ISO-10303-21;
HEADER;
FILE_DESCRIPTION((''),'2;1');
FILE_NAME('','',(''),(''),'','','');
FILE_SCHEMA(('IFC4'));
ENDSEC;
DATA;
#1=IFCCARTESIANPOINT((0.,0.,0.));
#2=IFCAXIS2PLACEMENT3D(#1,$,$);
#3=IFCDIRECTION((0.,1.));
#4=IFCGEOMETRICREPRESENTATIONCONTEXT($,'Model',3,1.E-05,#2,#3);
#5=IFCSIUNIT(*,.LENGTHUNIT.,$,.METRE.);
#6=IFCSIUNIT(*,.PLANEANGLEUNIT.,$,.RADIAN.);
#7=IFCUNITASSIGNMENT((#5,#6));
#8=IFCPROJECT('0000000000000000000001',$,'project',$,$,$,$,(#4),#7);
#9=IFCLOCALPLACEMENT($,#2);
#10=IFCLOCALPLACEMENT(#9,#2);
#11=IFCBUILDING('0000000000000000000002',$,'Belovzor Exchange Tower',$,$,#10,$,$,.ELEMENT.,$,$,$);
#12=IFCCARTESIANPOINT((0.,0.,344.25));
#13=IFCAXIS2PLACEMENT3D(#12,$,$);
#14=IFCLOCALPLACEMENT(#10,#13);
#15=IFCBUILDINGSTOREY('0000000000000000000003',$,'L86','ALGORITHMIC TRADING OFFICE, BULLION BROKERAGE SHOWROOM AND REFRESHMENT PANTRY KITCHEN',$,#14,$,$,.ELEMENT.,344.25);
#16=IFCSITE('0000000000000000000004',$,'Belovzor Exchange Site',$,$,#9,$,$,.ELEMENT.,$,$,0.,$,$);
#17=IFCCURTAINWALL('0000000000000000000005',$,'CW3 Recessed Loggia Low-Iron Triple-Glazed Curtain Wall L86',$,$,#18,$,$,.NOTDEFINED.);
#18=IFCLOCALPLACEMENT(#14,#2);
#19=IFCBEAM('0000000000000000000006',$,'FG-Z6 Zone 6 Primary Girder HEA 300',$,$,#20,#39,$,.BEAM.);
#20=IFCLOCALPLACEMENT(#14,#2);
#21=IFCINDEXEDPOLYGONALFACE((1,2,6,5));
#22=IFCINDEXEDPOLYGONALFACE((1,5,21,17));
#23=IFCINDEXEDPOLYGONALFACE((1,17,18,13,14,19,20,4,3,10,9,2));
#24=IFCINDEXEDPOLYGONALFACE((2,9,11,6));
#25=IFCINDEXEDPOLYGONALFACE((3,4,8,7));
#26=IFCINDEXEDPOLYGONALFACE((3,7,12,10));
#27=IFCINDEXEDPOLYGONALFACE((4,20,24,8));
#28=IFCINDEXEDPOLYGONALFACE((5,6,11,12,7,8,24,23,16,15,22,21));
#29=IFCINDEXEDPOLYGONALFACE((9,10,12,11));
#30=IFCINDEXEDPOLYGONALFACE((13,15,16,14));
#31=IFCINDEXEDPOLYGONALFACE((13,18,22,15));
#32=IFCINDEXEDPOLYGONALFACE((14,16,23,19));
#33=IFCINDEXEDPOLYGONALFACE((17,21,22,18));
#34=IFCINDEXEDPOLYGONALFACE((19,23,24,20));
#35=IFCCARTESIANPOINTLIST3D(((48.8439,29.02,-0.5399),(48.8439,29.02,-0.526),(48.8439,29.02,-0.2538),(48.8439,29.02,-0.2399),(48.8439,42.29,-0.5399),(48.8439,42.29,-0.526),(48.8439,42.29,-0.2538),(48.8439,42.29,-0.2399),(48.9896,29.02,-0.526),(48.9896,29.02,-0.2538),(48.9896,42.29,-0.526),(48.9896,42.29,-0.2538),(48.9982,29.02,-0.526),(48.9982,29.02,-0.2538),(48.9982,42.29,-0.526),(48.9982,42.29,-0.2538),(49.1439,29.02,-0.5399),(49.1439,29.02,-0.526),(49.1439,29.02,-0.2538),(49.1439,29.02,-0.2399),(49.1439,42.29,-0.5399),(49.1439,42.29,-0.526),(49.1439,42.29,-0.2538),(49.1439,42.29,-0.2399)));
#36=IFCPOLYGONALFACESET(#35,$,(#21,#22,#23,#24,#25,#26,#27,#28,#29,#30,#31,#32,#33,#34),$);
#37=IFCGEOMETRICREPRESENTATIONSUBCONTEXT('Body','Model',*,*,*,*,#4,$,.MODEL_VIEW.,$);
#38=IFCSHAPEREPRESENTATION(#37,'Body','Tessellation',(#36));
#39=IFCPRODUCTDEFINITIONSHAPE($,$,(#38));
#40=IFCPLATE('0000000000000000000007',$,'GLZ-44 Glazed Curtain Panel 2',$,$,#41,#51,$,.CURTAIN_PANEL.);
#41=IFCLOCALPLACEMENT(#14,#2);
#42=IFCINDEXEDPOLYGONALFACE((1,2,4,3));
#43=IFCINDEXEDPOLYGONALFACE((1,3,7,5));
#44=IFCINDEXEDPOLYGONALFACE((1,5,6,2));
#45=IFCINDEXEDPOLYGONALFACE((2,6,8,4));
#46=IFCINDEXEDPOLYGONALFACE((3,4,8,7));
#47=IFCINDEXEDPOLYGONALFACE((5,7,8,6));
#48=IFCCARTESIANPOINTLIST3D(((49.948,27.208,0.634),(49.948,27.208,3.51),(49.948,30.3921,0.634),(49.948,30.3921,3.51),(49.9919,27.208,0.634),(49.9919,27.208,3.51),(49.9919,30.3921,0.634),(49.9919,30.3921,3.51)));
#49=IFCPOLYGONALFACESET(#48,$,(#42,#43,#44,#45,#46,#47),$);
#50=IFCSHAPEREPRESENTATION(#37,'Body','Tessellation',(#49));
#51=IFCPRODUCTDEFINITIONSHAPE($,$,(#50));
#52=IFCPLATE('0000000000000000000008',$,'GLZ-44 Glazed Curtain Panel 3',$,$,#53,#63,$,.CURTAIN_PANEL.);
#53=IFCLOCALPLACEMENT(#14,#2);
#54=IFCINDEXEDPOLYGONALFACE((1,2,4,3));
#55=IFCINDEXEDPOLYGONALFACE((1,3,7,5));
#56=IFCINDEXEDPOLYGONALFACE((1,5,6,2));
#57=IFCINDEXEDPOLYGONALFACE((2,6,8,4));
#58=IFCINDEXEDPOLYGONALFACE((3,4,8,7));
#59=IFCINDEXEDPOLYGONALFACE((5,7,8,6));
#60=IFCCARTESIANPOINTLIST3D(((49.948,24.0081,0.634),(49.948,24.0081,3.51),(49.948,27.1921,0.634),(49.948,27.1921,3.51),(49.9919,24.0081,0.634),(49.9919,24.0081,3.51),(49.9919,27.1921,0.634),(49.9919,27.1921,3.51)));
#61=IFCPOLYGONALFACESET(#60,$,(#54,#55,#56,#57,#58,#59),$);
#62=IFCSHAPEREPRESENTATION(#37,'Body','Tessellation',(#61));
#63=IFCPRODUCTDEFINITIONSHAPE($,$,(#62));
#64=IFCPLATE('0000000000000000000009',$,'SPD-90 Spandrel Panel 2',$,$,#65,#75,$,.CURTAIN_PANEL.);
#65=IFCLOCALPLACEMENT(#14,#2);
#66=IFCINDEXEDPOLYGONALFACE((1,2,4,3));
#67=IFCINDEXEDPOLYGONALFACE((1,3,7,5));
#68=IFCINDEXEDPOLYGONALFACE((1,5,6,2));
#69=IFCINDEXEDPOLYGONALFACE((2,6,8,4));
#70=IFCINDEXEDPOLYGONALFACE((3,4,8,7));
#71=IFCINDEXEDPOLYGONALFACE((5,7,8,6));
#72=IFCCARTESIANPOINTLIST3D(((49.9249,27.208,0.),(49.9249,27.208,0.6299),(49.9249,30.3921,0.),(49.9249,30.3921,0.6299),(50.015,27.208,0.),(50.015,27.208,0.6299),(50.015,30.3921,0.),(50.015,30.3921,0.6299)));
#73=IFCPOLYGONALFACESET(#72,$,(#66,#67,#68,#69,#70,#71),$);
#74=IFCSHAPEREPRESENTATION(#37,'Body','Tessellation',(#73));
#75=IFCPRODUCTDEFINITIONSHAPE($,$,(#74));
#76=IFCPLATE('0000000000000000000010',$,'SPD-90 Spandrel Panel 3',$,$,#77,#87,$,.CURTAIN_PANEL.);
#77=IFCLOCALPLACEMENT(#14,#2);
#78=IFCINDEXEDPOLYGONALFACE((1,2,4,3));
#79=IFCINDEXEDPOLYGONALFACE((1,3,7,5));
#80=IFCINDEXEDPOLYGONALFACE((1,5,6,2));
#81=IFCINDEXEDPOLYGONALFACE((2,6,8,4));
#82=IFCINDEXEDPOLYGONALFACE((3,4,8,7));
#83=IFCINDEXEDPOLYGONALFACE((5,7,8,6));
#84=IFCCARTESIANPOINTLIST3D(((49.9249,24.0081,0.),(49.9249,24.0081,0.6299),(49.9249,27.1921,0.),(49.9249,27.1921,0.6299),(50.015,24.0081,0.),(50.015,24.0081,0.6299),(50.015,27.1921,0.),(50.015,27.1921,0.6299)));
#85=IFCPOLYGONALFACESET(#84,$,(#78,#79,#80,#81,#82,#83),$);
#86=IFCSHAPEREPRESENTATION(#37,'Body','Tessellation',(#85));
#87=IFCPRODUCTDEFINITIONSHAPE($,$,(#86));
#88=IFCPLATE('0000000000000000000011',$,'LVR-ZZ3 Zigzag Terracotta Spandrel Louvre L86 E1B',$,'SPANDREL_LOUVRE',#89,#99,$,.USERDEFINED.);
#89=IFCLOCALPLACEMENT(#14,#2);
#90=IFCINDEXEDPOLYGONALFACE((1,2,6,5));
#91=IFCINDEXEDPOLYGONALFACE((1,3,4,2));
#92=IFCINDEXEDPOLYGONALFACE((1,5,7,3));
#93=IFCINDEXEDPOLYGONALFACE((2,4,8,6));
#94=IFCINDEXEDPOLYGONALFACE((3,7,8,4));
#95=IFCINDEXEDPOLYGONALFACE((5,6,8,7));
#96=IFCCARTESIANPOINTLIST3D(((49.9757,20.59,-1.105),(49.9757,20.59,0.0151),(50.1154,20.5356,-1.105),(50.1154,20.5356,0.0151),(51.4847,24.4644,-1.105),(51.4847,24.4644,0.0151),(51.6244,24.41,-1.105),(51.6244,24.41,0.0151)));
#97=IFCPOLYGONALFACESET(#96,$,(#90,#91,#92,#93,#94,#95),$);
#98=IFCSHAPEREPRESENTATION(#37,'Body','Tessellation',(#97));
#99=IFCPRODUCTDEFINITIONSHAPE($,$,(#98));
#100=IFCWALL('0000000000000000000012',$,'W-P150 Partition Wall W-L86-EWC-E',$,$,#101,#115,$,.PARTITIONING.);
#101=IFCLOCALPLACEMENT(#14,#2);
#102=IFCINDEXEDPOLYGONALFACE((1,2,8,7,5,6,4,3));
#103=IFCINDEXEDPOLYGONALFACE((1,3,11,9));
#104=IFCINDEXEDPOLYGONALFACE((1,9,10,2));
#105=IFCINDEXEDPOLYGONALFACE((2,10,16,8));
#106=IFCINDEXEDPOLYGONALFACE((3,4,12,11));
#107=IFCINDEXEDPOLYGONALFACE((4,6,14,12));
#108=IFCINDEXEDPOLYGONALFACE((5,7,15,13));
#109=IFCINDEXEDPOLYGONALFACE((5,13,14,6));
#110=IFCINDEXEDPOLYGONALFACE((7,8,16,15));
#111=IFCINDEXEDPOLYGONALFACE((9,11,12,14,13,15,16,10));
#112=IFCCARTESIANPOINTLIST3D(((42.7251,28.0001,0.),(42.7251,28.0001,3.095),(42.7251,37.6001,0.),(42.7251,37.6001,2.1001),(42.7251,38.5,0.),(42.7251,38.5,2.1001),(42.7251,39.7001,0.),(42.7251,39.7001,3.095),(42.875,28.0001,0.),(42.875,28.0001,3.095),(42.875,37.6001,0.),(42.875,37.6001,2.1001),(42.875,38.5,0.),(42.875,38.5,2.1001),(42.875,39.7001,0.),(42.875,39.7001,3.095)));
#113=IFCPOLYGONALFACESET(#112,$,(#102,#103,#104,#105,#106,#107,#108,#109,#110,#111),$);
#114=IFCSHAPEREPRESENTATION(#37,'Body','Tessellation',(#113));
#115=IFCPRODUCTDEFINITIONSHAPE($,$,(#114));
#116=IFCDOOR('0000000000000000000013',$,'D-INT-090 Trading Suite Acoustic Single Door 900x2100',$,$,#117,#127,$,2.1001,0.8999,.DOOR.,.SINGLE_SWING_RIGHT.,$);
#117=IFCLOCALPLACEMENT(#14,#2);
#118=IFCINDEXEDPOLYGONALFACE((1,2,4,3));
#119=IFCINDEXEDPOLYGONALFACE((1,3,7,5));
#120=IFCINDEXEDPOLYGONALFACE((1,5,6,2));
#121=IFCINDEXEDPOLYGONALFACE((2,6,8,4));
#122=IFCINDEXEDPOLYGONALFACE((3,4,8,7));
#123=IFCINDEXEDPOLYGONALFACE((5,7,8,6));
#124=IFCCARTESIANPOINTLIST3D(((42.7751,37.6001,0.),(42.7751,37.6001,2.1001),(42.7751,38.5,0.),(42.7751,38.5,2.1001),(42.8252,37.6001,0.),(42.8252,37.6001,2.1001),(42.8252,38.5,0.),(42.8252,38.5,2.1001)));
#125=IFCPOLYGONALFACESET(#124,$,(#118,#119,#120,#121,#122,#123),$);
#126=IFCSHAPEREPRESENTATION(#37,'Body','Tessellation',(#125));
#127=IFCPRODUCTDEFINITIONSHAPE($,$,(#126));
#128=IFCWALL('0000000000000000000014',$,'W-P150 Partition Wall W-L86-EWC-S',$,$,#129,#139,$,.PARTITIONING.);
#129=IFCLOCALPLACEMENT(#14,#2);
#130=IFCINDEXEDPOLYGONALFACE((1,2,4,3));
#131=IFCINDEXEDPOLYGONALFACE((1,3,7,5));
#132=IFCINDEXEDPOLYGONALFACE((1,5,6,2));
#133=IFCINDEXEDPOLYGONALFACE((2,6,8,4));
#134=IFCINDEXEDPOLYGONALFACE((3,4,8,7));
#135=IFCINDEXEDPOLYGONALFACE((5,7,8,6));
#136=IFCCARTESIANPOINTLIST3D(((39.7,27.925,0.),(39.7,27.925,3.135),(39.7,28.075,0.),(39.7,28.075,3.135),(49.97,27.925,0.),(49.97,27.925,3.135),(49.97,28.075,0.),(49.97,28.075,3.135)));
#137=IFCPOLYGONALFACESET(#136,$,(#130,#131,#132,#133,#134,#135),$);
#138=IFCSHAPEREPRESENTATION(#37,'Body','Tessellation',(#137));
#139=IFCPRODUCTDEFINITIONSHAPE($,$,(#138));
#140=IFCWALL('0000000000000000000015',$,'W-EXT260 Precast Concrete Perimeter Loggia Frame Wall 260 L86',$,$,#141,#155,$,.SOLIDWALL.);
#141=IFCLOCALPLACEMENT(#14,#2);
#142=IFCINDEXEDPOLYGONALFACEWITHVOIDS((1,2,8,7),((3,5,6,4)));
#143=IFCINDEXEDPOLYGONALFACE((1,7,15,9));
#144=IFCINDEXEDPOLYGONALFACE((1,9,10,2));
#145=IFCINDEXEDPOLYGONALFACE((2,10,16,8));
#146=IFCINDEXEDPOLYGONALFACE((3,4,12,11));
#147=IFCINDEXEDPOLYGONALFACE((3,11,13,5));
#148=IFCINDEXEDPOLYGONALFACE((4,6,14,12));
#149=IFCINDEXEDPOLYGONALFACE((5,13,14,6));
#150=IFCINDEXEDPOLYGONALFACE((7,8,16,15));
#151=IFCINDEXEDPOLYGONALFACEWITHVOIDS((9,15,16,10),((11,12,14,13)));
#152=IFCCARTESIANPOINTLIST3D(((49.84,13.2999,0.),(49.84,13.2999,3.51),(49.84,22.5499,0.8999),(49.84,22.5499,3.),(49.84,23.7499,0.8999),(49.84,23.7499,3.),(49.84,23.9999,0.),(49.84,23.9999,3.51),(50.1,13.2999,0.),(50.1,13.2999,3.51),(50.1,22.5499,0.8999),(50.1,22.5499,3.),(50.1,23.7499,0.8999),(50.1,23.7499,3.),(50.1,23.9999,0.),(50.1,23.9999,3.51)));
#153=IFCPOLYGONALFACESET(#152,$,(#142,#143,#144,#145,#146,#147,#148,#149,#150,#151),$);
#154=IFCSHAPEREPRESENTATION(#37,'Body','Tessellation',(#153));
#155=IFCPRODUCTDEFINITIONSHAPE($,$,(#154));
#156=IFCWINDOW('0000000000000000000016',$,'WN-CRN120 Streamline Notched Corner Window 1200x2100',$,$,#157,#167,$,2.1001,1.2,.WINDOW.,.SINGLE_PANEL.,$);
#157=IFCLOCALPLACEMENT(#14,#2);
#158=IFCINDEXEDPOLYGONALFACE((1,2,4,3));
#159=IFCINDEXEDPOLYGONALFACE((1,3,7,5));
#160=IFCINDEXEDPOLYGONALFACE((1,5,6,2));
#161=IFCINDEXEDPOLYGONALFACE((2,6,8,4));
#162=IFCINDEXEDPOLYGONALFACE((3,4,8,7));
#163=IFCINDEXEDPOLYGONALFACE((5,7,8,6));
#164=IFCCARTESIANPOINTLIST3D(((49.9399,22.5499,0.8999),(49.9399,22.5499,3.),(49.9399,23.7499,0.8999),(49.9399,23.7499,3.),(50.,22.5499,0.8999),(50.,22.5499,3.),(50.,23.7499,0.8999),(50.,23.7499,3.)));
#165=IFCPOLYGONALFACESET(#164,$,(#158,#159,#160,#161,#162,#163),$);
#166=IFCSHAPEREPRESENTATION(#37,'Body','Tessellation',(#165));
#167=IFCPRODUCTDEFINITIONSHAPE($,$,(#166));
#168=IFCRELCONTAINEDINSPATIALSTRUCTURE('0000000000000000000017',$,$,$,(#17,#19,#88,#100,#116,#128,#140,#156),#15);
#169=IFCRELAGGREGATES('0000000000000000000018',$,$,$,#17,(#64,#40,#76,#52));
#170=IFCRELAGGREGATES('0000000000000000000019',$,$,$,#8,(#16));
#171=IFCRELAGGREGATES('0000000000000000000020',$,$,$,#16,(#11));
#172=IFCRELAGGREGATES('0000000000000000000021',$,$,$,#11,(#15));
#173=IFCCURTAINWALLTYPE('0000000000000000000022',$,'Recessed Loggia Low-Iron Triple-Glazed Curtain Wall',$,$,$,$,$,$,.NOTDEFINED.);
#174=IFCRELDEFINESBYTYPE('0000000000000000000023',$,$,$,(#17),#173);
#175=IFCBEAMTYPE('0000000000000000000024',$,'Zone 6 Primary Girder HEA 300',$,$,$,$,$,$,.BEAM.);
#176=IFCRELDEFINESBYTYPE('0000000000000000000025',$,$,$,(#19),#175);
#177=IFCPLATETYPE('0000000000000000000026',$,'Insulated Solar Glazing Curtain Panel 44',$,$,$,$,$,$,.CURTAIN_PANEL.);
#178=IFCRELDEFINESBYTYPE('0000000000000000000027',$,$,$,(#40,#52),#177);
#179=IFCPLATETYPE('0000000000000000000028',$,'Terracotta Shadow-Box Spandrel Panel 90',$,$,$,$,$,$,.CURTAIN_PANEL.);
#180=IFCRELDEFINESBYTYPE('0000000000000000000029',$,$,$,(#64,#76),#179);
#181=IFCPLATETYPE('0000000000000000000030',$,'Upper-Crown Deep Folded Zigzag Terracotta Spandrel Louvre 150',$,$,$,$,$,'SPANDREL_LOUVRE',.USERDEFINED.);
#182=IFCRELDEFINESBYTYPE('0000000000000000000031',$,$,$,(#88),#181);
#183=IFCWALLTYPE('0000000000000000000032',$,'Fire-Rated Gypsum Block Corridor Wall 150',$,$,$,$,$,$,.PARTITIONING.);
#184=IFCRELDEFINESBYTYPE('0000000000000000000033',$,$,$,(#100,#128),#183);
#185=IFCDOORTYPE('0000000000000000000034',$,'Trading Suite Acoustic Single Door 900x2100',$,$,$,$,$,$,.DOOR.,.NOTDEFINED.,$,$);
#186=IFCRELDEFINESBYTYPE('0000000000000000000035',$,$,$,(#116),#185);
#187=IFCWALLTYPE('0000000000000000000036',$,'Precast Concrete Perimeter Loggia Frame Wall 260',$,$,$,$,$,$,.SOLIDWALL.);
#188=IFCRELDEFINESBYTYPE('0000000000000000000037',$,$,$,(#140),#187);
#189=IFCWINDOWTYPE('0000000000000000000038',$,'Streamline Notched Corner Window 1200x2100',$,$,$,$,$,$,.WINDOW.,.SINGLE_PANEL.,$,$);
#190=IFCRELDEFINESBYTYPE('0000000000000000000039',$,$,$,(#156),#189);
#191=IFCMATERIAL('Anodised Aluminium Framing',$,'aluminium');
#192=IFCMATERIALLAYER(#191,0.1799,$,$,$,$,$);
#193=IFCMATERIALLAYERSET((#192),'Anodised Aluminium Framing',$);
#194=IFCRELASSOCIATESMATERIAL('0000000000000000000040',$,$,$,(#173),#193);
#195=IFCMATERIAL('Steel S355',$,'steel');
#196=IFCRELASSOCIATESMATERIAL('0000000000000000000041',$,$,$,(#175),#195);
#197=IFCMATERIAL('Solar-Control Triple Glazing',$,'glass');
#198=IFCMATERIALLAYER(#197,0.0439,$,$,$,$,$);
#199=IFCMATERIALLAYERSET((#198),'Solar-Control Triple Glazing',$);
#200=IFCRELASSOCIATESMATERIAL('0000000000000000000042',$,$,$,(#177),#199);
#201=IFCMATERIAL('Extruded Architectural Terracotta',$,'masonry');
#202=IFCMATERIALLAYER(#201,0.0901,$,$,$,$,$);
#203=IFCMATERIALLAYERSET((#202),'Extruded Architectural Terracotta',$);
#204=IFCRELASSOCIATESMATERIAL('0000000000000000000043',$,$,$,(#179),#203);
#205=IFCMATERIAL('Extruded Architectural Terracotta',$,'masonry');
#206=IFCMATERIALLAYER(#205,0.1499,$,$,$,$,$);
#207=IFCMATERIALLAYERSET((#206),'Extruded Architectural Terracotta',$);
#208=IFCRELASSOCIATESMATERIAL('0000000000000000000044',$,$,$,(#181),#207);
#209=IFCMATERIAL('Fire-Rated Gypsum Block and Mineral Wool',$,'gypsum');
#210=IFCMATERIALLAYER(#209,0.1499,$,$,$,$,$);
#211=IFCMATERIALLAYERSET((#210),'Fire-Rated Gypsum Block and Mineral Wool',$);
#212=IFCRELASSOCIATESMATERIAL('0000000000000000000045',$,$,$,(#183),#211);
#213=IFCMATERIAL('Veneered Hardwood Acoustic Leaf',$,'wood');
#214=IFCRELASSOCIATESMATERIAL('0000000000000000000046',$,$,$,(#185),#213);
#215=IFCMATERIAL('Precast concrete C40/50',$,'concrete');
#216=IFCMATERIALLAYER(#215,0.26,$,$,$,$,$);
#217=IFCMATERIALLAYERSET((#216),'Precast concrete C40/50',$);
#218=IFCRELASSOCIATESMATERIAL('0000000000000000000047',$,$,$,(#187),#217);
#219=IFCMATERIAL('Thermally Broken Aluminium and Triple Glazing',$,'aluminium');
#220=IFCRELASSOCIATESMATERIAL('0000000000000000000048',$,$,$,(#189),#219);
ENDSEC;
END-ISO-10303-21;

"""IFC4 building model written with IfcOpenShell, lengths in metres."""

from ifc_helpers import new_model, si_unit, direction, frame, frame_2d, origin, origin_2d, place, context, subcontext, project, spatial, rectangle, i_section, extrude, material, layer, layer_set, material_profile, profile_set, type_object, element, fill, aggregate, save


model = new_model("IFC4")

# Units and contexts
model_context = context("Model", 3, precision=1e-05, world=origin(), true_north=direction((0.0, 1.0)))
body_context = subcontext(model_context, "Body", "Model", "MODEL_VIEW")
ifc_project = project(units=[si_unit("LENGTHUNIT", "METRE"), si_unit("PLANEANGLEUNIT", "RADIAN")], contexts=[model_context])

# Site, building, storey
site_placement = place(None, origin())
site = spatial("IfcSite", under=ifc_project, at=site_placement, Name="Belovzor Exchange Site", CompositionType="ELEMENT", RefElevation=0.0)
building_placement = place(site_placement, origin())
building = spatial("IfcBuilding", under=site, at=building_placement, Name="Belovzor Exchange Tower", CompositionType="ELEMENT")
storey_placement = place(building_placement, frame((0.0, 0.0, 344.25)))
storey = spatial("IfcBuildingStorey", under=building, at=storey_placement, Name="L86", Description="ALGORITHMIC TRADING OFFICE, BULLION BROKERAGE SHOWROOM AND REFRESHMENT PANTRY KITCHEN", CompositionType="ELEMENT", Elevation=344.25)

# Curtain wall
ifc_material_1 = material(Name="Anodised Aluminium Framing", Category="aluminium")
ifc_layer_1 = layer(ifc_material_1, 0.1799)
ifc_layer_set_1 = layer_set([ifc_layer_1], Name="Anodised Aluminium Framing")
curtain_wall_type = type_object("IfcCurtainWallType", Name="Recessed Loggia Low-Iron Triple-Glazed Curtain Wall", PredefinedType="NOTDEFINED", material=ifc_layer_set_1)
curtain_wall_placement = place(storey_placement, origin())
curtain_wall = element("IfcCurtainWall", 1, at=curtain_wall_placement, inside=storey, type_object=curtain_wall_type, Name="CW3 Recessed Loggia Low-Iron Triple-Glazed Curtain Wall L86", PredefinedType="NOTDEFINED")

# Beam
ifc_material_2 = material(Name="Steel S355", Category="steel")
ifc_material_profile_1 = material_profile(ifc_material_2, i_section(OverallWidth=0.3, OverallDepth=0.3, WebThickness=0.0085, FlangeThickness=0.0139, at=origin_2d()))
ifc_profile_set_1 = profile_set([ifc_material_profile_1], Name="Steel S355")
beam_type_1 = type_object("IfcBeamType", Name="Zone 6 Primary Girder HEA 300", PredefinedType="BEAM", material=ifc_profile_set_1)
beam_1_placement = place(storey_placement, frame((48.9939, 29.02, -0.3899), z_axis=(0.0, 1.0, 0.0), x_axis=(-1.0, 0.0, 0.0)))
element("IfcBeam", 2, at=beam_1_placement, inside=storey, type_object=beam_type_1, Name="FG-Z6 Zone 6 Primary Girder HEA 300", PredefinedType="BEAM", context=body_context, shape_type="SweptSolid", body=[
    extrude(i_section(OverallWidth=0.3, OverallDepth=0.3, WebThickness=0.0085, FlangeThickness=0.0139, at=origin_2d()), origin(), (0.0, 0.0, 1.0), 13.27),
])

# Plates
ifc_material_3 = material(Name="Solar-Control Triple Glazing", Category="glass")
ifc_layer_2 = layer(ifc_material_3, 0.0439)
ifc_layer_set_2 = layer_set([ifc_layer_2], Name="Solar-Control Triple Glazing")
plate_type_1 = type_object("IfcPlateType", Name="Insulated Solar Glazing Curtain Panel 44", PredefinedType="CURTAIN_PANEL", material=ifc_layer_set_2)
plate_1_placement = place(storey_placement, frame((49.97, 28.8, 0.634), z_axis=(0.0, 0.0, 1.0), x_axis=(0.0, -1.0, 0.0)))
plate_1 = element("IfcPlate", 3, at=plate_1_placement, type_object=plate_type_1, Name="GLZ-44 Glazed Curtain Panel 2", PredefinedType="CURTAIN_PANEL", context=body_context, shape_type="SweptSolid", body=[
    extrude(rectangle(XDim=3.1841, YDim=0.0439, at=origin_2d()), origin(), (0.0, 0.0, 1.0), 2.876),
])
plate_2_placement = place(storey_placement, frame((49.97, 25.6001, 0.634), z_axis=(0.0, 0.0, 1.0), x_axis=(0.0, -1.0, 0.0)))
plate_2 = element("IfcPlate", 4, at=plate_2_placement, type_object=plate_type_1, Name="GLZ-44 Glazed Curtain Panel 3", PredefinedType="CURTAIN_PANEL", context=body_context, shape_type="SweptSolid", body=[
    extrude(rectangle(XDim=3.1841, YDim=0.0439, at=origin_2d()), origin(), (0.0, 0.0, 1.0), 2.876),
])
ifc_material_4 = material(Name="Extruded Architectural Terracotta", Category="masonry")
ifc_layer_3 = layer(ifc_material_4, 0.0901)
ifc_layer_set_3 = layer_set([ifc_layer_3], Name="Extruded Architectural Terracotta")
plate_type_2 = type_object("IfcPlateType", Name="Terracotta Shadow-Box Spandrel Panel 90", PredefinedType="CURTAIN_PANEL", material=ifc_layer_set_3)
plate_3_placement = place(storey_placement, frame((49.97, 28.8, 0.0), z_axis=(0.0, 0.0, 1.0), x_axis=(0.0, -1.0, 0.0)))
plate_3 = element("IfcPlate", 5, at=plate_3_placement, type_object=plate_type_2, Name="SPD-90 Spandrel Panel 2", PredefinedType="CURTAIN_PANEL", context=body_context, shape_type="SweptSolid", body=[
    extrude(rectangle(XDim=3.1841, YDim=0.0901, at=origin_2d()), origin(), (0.0, 0.0, 1.0), 0.6299),
])
plate_4_placement = place(storey_placement, frame((49.97, 25.6001, 0.0), z_axis=(0.0, 0.0, 1.0), x_axis=(0.0, -1.0, 0.0)))
plate_4 = element("IfcPlate", 6, at=plate_4_placement, type_object=plate_type_2, Name="SPD-90 Spandrel Panel 3", PredefinedType="CURTAIN_PANEL", context=body_context, shape_type="SweptSolid", body=[
    extrude(rectangle(XDim=3.1841, YDim=0.0901, at=origin_2d()), origin(), (0.0, 0.0, 1.0), 0.6299),
])
aggregate(curtain_wall, [plate_3, plate_1, plate_4, plate_2])
ifc_material_5 = material(Name="Extruded Architectural Terracotta", Category="masonry")
ifc_layer_4 = layer(ifc_material_5, 0.1499)
ifc_layer_set_4 = layer_set([ifc_layer_4], Name="Extruded Architectural Terracotta")
plate_type_3 = type_object("IfcPlateType", Name="Upper-Crown Deep Folded Zigzag Terracotta Spandrel Louvre 150", ElementType="SPANDREL_LOUVRE", PredefinedType="USERDEFINED", material=ifc_layer_set_4)
plate_5_placement = place(storey_placement, frame((50.8, 22.5, -1.105), z_axis=(0.0, 0.0, 1.0), x_axis=(0.362926, 0.931818, 0.0)))
element("IfcPlate", 7, at=plate_5_placement, inside=storey, type_object=plate_type_3, Name="LVR-ZZ3 Zigzag Terracotta Spandrel Louvre L86 E1B", ObjectType="SPANDREL_LOUVRE", PredefinedType="USERDEFINED", context=body_context, shape_type="SweptSolid", body=[
    extrude(rectangle(XDim=4.158, YDim=0.1499, at=origin_2d()), origin(), (0.0, 0.0, 1.0), 1.1201),
])

# Wall, opening, door
ifc_material_6 = material(Name="Fire-Rated Gypsum Block and Mineral Wool", Category="gypsum")
ifc_layer_5 = layer(ifc_material_6, 0.1499)
ifc_layer_set_5 = layer_set([ifc_layer_5], Name="Fire-Rated Gypsum Block and Mineral Wool")
wall_type_1 = type_object("IfcWallType", Name="Fire-Rated Gypsum Block Corridor Wall 150", PredefinedType="PARTITIONING", material=ifc_layer_set_5)
wall_1_placement = place(storey_placement, frame((42.8, 28.0, 0.0), z_axis=(0.0, 0.0, 1.0), x_axis=(0.0, 1.0, 0.0)))
wall_1 = element("IfcWall", 8, at=wall_1_placement, inside=storey, type_object=wall_type_1, Name="W-P150 Partition Wall W-L86-EWC-E", PredefinedType="PARTITIONING", context=body_context, shape_type="SweptSolid", body=[
    extrude(rectangle(XDim=11.7, YDim=0.1499, at=frame_2d((5.8501, 0.0))), origin(), (0.0, 0.0, 1.0), 3.095),
])
opening_1_placement = place(wall_1_placement, frame((9.6001, 0.0, 0.0)))
opening_1 = element("IfcOpeningElement", 9, at=opening_1_placement, cuts=wall_1, PredefinedType="OPENING", context=body_context, shape_type="SweptSolid", body=[
    extrude(rectangle(XDim=0.8999, YDim=2.1001, at=frame_2d((0.45, 1.05))), frame((0.0, 0.085, 0.0), z_axis=(0.0, -1.0, 0.0), x_axis=(1.0, 0.0, 0.0)), (0.0, 0.0, 1.0), 0.1699),
])
ifc_material_7 = material(Name="Veneered Hardwood Acoustic Leaf", Category="wood")
door_type = type_object("IfcDoorType", Name="Trading Suite Acoustic Single Door 900x2100", OperationType="NOTDEFINED", PredefinedType="DOOR", material=ifc_material_7)
door_placement = place(opening_1_placement, origin())
door = element("IfcDoor", 10, at=door_placement, inside=storey, type_object=door_type, Name="D-INT-090 Trading Suite Acoustic Single Door 900x2100", OperationType="SINGLE_SWING_RIGHT", OverallHeight=2.1001, OverallWidth=0.8999, PredefinedType="DOOR", context=body_context, shape_type="SweptSolid", body=[
    extrude(rectangle(XDim=0.8999, YDim=2.1001, at=frame_2d((0.45, 1.05))), frame((0.0, 0.0249, 0.0), z_axis=(0.0, -1.0, 0.0), x_axis=(1.0, 0.0, 0.0)), (0.0, 0.0, 1.0), 0.05),
])
fill(opening_1, door)

# Wall
wall_2_placement = place(storey_placement, frame((39.7, 28.0, 0.0), z_axis=(0.0, 0.0, 1.0), x_axis=(1.0, 0.0, 0.0)))
element("IfcWall", 11, at=wall_2_placement, inside=storey, type_object=wall_type_1, Name="W-P150 Partition Wall W-L86-EWC-S", PredefinedType="PARTITIONING", context=body_context, shape_type="SweptSolid", body=[
    extrude(rectangle(XDim=10.27, YDim=0.1499, at=frame_2d((5.135, 0.0))), origin(), (0.0, 0.0, 1.0), 3.135),
])

# Wall, opening, window
ifc_material_8 = material(Name="Precast concrete C40/50", Category="concrete")
ifc_layer_6 = layer(ifc_material_8, 0.26)
ifc_layer_set_6 = layer_set([ifc_layer_6], Name="Precast concrete C40/50")
wall_type_2 = type_object("IfcWallType", Name="Precast Concrete Perimeter Loggia Frame Wall 260", PredefinedType="SOLIDWALL", material=ifc_layer_set_6)
wall_3_placement = place(storey_placement, frame((49.97, 24.0, 0.0), z_axis=(0.0, 0.0, 1.0), x_axis=(0.0, -1.0, 0.0)))
wall_3 = element("IfcWall", 12, at=wall_3_placement, inside=storey, type_object=wall_type_2, Name="W-EXT260 Precast Concrete Perimeter Loggia Frame Wall 260 L86", PredefinedType="SOLIDWALL", context=body_context, shape_type="SweptSolid", body=[
    extrude(rectangle(XDim=10.7, YDim=0.26, at=frame_2d((5.3501, 0.0))), origin(), (0.0, 0.0, 1.0), 3.51),
])
opening_2_placement = place(wall_3_placement, frame((0.25, 0.0, 0.8999)))
opening_2 = element("IfcOpeningElement", 13, at=opening_2_placement, cuts=wall_3, PredefinedType="OPENING", context=body_context, shape_type="SweptSolid", body=[
    extrude(rectangle(XDim=1.2, YDim=2.1001, at=frame_2d((0.6001, 1.05))), frame((0.0, 0.1399, 0.0), z_axis=(0.0, -1.0, 0.0), x_axis=(1.0, 0.0, 0.0)), (0.0, 0.0, 1.0), 0.28),
])
ifc_material_9 = material(Name="Thermally Broken Aluminium and Triple Glazing", Category="aluminium")
window_type = type_object("IfcWindowType", Name="Streamline Notched Corner Window 1200x2100", PartitioningType="SINGLE_PANEL", PredefinedType="WINDOW", material=ifc_material_9)
window_placement = place(opening_2_placement, origin())
window = element("IfcWindow", 14, at=window_placement, inside=storey, type_object=window_type, Name="WN-CRN120 Streamline Notched Corner Window 1200x2100", OverallHeight=2.1001, OverallWidth=1.2, PartitioningType="SINGLE_PANEL", PredefinedType="WINDOW", context=body_context, shape_type="SweptSolid", body=[
    extrude(rectangle(XDim=1.2, YDim=2.1001, at=frame_2d((0.6001, 1.05))), frame((0.0, 0.03, 0.0), z_axis=(0.0, -1.0, 0.0), x_axis=(1.0, 0.0, 0.0)), (0.0, 0.0, 1.0), 0.0601),
])
fill(opening_2, window)

save(model, "model.ifc")
